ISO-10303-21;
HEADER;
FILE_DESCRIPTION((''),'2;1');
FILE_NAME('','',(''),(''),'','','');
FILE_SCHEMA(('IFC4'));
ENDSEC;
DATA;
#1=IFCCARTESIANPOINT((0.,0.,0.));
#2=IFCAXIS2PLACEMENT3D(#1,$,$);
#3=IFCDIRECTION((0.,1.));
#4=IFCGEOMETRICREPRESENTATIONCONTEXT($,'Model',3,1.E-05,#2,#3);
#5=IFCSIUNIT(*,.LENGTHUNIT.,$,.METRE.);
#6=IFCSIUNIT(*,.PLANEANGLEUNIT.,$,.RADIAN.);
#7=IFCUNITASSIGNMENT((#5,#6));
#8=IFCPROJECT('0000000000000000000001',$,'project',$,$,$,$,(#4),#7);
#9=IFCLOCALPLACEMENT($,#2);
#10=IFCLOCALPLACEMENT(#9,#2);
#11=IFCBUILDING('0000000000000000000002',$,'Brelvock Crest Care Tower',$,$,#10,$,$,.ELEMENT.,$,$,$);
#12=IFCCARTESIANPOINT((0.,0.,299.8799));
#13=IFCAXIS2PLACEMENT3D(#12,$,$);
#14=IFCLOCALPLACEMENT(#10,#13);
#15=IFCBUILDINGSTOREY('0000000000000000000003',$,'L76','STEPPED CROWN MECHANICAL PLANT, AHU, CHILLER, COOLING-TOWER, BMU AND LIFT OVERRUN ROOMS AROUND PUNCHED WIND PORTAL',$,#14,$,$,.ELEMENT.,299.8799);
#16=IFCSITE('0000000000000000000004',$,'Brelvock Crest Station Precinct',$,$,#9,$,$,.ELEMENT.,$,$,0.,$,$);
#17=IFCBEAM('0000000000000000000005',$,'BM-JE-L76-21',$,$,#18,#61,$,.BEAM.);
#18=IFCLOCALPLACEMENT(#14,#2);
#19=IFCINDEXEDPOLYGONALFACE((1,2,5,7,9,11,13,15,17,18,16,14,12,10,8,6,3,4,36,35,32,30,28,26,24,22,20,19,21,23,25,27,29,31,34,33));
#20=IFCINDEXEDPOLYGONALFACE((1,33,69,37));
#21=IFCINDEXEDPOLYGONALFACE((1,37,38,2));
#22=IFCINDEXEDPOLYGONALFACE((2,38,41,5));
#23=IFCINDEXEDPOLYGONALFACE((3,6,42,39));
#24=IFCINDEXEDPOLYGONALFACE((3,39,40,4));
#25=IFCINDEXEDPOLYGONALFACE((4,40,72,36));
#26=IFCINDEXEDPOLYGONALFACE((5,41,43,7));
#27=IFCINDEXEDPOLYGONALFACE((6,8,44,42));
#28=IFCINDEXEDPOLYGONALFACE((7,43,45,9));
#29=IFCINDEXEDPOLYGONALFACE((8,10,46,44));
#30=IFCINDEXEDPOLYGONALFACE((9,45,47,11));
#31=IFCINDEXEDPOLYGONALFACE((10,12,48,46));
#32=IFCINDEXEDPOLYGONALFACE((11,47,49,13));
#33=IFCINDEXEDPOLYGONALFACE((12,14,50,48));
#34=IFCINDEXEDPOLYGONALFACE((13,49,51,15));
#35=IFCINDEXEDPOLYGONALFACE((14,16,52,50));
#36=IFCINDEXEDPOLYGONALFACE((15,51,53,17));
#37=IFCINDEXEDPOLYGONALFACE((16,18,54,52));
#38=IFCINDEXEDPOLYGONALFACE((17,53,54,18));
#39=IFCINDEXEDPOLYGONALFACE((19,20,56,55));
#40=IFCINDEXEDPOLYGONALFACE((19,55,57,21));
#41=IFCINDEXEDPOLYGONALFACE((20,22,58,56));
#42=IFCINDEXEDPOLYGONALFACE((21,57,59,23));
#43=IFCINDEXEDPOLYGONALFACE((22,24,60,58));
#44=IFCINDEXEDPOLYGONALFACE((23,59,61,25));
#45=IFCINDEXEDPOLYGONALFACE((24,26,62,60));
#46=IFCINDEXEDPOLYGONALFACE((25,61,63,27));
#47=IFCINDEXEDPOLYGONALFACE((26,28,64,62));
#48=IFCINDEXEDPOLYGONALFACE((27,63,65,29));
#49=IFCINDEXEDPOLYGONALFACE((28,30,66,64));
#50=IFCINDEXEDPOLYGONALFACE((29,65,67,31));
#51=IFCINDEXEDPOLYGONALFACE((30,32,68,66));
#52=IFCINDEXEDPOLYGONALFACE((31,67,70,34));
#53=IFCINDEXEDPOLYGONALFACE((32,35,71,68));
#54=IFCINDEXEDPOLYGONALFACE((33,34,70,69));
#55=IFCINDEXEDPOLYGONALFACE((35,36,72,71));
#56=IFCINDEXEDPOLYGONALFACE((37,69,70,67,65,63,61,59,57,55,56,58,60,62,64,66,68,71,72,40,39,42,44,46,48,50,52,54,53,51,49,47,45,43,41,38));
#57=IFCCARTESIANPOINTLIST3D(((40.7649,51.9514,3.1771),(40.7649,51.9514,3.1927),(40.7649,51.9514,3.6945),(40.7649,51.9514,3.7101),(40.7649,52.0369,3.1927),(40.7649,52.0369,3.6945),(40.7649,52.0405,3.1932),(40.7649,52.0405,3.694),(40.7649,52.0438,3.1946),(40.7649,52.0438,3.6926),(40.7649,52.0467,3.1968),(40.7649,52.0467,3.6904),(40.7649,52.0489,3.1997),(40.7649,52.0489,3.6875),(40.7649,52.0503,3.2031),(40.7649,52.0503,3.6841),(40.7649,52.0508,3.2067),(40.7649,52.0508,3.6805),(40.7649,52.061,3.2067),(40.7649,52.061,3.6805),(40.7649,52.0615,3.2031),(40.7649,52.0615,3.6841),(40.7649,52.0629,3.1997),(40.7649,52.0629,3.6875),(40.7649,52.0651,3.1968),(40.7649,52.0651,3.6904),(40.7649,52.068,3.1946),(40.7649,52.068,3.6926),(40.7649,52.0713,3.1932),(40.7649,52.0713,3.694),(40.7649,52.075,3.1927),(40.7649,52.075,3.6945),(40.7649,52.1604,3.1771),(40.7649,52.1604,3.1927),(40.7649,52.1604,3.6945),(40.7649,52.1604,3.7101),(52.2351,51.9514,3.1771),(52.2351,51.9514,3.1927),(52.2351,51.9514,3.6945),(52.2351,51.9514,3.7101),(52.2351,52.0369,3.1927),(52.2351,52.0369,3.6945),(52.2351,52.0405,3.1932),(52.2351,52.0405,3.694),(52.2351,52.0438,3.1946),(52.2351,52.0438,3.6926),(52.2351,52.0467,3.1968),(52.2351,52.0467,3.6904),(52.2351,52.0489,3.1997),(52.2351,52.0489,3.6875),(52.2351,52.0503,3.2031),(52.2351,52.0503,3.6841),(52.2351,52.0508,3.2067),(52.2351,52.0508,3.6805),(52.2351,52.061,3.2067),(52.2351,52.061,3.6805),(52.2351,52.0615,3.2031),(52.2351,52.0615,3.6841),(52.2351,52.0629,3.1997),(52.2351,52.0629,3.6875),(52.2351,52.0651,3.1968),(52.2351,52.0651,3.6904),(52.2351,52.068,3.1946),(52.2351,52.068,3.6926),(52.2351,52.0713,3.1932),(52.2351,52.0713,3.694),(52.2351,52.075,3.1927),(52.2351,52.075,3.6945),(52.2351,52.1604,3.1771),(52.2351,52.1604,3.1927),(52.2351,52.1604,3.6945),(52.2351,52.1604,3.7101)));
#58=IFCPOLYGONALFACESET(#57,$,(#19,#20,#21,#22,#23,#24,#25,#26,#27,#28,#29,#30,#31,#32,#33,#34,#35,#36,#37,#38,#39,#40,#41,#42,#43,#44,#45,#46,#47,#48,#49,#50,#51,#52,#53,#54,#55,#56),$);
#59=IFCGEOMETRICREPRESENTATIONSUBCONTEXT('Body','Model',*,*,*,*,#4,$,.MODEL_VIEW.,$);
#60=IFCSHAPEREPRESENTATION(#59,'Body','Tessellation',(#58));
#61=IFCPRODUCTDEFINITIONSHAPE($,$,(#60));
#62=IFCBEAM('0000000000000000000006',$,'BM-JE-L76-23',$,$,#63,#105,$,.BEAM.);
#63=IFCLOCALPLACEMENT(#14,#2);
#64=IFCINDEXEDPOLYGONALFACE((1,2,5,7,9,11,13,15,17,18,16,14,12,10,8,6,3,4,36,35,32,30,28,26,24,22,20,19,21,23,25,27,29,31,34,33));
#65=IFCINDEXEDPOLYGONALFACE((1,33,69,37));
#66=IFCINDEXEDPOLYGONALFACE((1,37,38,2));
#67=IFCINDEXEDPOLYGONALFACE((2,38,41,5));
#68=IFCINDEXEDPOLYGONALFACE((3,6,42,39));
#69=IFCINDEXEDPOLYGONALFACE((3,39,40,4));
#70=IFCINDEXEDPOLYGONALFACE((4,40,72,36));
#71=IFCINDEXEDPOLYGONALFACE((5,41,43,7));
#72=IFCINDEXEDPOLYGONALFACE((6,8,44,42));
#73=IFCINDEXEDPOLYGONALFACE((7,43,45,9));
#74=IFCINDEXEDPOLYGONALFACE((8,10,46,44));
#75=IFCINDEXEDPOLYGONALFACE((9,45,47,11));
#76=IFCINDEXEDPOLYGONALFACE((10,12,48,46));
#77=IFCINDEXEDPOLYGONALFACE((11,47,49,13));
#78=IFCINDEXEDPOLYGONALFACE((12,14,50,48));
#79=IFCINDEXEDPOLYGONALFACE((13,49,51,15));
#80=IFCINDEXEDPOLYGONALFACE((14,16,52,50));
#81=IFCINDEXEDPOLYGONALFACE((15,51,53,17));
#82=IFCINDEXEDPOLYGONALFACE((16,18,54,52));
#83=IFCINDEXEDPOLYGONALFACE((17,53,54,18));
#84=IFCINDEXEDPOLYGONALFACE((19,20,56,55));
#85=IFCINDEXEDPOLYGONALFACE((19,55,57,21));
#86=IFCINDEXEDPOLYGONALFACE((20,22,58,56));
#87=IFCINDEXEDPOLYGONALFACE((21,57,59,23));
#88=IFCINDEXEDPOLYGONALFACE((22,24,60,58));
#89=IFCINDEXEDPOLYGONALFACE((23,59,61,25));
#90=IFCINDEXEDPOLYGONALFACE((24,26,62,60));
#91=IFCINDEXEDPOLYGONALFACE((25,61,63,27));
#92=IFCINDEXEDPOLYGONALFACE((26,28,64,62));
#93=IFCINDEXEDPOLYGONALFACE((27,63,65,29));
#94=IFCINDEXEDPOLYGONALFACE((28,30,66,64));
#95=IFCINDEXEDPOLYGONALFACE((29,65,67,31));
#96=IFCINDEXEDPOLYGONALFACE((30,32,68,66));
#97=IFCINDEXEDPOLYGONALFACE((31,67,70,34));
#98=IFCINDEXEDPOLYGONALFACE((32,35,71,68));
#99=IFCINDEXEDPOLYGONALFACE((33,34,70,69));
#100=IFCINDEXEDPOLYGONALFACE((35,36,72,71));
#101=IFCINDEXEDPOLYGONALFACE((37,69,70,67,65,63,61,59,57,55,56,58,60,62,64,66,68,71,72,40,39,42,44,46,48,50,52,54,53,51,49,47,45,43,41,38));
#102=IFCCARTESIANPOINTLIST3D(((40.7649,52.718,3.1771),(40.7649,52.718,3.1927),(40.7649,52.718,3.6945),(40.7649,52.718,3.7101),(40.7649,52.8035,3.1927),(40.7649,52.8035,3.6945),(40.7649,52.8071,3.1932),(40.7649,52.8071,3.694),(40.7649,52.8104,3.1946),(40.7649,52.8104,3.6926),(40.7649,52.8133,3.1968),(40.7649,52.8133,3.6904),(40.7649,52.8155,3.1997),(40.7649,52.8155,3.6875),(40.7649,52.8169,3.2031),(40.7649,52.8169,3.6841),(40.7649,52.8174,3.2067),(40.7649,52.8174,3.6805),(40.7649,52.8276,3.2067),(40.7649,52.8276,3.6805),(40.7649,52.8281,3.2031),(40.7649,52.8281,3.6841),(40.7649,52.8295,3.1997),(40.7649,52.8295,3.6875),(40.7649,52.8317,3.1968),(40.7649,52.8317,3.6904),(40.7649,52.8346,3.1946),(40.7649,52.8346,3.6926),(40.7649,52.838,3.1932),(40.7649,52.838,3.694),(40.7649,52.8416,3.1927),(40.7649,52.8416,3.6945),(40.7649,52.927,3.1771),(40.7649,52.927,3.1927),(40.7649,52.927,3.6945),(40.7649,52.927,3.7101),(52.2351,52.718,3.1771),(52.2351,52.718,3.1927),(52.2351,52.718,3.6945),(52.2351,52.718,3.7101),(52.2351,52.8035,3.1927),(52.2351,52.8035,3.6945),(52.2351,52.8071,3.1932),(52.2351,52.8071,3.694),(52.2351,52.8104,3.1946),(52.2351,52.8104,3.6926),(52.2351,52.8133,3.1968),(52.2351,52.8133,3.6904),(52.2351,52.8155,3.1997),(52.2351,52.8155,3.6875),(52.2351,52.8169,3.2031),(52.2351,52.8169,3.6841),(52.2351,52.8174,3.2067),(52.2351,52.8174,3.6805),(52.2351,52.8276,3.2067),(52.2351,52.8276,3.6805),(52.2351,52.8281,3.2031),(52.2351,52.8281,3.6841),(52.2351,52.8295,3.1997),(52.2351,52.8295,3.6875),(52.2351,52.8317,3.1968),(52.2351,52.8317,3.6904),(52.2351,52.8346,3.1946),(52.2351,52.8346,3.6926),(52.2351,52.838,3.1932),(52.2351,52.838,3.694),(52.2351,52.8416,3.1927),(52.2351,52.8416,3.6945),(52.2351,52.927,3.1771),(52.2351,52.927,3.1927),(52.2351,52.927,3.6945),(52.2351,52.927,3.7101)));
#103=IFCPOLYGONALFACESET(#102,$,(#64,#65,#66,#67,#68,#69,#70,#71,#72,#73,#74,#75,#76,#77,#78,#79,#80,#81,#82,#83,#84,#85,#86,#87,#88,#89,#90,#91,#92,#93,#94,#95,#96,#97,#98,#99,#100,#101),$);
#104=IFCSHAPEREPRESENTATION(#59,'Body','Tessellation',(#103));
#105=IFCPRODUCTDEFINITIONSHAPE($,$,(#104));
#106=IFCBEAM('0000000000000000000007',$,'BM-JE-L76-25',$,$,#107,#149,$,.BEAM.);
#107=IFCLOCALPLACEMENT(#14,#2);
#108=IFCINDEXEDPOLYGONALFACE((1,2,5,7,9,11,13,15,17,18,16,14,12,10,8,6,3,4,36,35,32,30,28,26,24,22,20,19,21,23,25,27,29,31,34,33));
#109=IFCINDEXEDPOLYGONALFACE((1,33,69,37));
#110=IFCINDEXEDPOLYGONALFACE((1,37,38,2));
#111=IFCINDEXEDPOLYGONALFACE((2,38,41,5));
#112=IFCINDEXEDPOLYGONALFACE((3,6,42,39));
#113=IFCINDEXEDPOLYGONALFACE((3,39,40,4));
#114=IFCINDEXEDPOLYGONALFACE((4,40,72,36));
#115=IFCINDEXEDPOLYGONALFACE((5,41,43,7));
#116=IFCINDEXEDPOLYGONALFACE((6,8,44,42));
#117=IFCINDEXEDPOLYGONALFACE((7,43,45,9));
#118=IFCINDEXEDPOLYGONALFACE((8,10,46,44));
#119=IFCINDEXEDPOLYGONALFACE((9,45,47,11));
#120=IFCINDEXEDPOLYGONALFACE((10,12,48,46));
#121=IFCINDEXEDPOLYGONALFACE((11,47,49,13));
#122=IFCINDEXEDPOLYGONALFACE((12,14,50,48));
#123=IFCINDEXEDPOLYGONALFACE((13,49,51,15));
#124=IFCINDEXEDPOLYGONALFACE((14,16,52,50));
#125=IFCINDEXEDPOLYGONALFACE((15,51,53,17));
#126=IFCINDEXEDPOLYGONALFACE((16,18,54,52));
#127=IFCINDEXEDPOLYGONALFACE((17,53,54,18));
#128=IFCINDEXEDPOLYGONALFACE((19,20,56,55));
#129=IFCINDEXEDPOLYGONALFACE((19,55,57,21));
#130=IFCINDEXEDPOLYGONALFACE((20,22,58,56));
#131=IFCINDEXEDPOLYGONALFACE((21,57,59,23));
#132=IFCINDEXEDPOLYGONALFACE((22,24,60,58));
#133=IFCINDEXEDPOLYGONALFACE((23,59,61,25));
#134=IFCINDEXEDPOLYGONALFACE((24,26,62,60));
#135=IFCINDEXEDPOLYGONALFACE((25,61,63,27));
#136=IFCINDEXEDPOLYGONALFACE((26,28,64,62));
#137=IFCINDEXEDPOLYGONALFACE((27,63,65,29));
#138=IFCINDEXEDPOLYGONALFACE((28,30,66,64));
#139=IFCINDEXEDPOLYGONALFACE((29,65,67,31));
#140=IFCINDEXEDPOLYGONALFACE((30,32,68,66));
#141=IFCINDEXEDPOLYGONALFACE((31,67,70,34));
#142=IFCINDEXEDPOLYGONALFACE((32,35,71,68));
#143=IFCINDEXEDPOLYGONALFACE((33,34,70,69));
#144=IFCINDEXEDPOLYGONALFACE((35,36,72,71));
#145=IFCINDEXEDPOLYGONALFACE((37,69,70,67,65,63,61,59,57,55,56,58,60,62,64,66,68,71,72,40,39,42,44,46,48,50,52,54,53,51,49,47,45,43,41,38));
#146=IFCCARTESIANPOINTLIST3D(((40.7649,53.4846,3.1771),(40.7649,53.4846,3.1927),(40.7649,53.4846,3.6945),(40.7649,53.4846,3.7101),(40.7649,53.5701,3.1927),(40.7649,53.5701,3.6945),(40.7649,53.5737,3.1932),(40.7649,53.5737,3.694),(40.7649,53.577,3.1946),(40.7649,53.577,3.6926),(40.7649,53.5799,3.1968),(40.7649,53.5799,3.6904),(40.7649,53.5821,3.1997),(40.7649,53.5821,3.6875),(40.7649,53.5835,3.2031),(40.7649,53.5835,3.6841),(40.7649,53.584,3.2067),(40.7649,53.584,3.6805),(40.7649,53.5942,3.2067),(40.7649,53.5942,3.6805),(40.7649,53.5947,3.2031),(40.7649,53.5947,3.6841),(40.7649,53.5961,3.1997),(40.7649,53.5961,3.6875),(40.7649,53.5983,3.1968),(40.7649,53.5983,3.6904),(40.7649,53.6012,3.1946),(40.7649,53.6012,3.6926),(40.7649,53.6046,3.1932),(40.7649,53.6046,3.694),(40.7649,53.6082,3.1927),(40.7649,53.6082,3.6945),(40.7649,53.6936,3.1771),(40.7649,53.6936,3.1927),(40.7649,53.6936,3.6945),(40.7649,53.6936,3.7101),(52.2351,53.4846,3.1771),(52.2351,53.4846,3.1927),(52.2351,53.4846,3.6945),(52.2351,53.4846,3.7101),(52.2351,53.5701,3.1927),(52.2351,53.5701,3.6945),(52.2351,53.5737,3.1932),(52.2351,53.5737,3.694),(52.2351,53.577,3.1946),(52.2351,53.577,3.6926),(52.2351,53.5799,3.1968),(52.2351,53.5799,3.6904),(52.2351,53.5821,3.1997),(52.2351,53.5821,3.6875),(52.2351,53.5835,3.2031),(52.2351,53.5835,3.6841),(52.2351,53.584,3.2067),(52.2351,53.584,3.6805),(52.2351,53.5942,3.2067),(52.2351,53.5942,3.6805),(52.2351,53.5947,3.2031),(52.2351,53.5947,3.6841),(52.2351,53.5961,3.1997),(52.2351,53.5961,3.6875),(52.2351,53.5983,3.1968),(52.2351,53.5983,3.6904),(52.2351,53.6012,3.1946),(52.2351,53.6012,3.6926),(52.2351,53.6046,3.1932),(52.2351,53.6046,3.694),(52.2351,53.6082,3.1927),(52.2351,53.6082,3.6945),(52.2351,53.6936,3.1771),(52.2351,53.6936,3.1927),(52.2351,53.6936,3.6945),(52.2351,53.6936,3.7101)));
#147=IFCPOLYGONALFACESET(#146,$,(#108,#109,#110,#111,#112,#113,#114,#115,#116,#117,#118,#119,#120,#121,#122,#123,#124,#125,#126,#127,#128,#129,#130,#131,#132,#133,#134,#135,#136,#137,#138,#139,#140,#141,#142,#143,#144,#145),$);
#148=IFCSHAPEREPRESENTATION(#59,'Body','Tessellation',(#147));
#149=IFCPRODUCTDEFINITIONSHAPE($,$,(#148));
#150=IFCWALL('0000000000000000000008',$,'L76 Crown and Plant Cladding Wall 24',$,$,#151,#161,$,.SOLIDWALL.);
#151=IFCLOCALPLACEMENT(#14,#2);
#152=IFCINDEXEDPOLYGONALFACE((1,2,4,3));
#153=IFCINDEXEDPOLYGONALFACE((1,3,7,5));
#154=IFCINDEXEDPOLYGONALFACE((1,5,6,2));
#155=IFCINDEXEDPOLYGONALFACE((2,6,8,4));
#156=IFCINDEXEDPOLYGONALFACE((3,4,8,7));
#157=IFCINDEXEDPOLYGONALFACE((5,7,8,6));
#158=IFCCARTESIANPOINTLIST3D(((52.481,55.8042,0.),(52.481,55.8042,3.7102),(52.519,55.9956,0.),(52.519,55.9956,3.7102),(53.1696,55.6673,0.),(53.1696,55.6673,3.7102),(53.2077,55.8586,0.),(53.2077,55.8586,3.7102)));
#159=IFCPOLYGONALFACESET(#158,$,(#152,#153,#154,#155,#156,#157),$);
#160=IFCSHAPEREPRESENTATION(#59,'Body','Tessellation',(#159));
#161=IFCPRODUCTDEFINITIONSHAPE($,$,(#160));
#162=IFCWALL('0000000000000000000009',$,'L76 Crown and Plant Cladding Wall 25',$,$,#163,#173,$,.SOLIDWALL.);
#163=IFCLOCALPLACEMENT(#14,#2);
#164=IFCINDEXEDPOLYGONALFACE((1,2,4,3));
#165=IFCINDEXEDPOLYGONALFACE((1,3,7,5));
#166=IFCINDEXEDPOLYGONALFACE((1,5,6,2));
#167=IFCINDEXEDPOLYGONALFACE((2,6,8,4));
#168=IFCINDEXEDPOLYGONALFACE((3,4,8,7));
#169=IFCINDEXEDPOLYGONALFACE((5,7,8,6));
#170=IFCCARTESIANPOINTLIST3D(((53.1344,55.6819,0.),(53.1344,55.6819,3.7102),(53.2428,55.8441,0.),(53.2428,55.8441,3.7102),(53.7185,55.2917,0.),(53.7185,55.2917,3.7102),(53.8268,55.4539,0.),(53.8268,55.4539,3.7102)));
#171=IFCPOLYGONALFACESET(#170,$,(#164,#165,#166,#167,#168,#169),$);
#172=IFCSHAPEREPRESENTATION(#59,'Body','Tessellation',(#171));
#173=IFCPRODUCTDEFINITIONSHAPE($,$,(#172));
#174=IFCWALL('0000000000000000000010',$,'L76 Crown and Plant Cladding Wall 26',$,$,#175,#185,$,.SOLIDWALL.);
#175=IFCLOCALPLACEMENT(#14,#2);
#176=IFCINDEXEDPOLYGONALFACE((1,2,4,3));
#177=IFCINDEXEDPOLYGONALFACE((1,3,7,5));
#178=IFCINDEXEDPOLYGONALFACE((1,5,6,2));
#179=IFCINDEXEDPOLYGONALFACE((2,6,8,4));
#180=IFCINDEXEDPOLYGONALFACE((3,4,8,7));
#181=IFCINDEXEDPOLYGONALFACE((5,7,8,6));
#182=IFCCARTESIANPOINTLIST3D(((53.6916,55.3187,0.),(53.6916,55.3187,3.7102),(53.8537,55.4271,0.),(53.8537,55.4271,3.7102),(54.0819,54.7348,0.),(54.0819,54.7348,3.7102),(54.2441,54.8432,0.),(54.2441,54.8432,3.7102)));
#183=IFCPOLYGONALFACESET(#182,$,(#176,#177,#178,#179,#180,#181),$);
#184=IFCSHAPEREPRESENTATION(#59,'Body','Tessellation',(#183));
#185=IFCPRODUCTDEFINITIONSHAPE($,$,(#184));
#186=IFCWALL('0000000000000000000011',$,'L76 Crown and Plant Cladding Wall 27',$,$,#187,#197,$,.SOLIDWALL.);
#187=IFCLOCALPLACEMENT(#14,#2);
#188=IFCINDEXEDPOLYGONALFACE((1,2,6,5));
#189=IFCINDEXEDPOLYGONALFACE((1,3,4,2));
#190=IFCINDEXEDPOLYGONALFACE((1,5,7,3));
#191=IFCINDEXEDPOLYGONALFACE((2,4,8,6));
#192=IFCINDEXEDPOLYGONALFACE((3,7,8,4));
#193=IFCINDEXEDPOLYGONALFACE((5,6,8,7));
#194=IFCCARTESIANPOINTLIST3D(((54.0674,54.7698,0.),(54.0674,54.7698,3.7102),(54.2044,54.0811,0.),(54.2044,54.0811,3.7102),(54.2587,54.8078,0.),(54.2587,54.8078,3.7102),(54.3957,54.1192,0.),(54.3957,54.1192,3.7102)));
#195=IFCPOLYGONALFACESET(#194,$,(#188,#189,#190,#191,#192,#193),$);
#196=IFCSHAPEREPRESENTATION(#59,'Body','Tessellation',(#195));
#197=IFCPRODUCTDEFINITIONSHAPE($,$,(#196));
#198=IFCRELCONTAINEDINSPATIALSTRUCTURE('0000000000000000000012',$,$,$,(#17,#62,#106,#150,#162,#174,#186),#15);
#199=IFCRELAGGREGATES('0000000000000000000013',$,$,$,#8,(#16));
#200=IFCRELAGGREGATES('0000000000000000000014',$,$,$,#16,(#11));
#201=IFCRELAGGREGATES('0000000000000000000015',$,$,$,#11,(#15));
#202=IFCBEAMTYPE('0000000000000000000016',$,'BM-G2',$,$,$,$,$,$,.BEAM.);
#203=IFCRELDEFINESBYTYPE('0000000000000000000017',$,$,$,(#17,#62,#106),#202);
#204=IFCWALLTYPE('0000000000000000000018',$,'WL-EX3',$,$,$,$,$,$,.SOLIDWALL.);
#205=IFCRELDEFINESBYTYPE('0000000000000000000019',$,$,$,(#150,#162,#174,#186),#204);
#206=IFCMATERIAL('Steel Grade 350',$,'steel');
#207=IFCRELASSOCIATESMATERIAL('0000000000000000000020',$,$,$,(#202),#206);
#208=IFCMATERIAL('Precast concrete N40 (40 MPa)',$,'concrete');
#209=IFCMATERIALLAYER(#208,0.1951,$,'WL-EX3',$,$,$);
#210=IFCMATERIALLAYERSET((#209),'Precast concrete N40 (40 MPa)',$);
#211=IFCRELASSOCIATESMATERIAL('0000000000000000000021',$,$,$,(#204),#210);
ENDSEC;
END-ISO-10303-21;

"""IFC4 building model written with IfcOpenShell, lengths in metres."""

from ifc_helpers import new_model, si_unit, direction, frame, frame_2d, origin, origin_2d, place, context, subcontext, project, spatial, rectangle, i_section, extrude, source, transform, mapped, material, layer, layer_set, material_profile, profile_set, type_object, element, save


model = new_model("IFC4")

# Units and contexts
model_context = context("Model", 3, precision=1e-05, world=origin(), true_north=direction((0.0, 1.0)))
body_context = subcontext(model_context, "Body", "Model", "MODEL_VIEW")
ifc_project = project(units=[si_unit("LENGTHUNIT", "METRE"), si_unit("PLANEANGLEUNIT", "RADIAN")], contexts=[model_context])

# Site, building, storey
site_placement = place(None, origin())
site = spatial("IfcSite", under=ifc_project, at=site_placement, Name="Brelvock Crest Station Precinct", CompositionType="ELEMENT", RefElevation=0.0)
building_placement = place(site_placement, origin())
building = spatial("IfcBuilding", under=site, at=building_placement, Name="Brelvock Crest Care Tower", CompositionType="ELEMENT")
storey_placement = place(building_placement, frame((0.0, 0.0, 299.8799)))
storey = spatial("IfcBuildingStorey", under=building, at=storey_placement, Name="L76", Description="STEPPED CROWN MECHANICAL PLANT, AHU, CHILLER, COOLING-TOWER, BMU AND LIFT OVERRUN ROOMS AROUND PUNCHED WIND PORTAL", CompositionType="ELEMENT", Elevation=299.8799)

# Shared definitions
ifc_material_1 = material(Name="Steel Grade 350", Category="steel")

# Beams
ifc_material_profile_1 = material_profile(ifc_material_1, i_section(OverallWidth=0.209, OverallDepth=0.533, WebThickness=0.0103, FlangeThickness=0.0156, FilletRadius=0.0139, at=origin_2d()), Name="530UB92.4")
ifc_profile_set_1 = profile_set([ifc_material_profile_1], Name="Steel Grade 350")
beam_type_1 = type_object("IfcBeamType", Name="BM-G2", PredefinedType="BEAM", material=ifc_profile_set_1)
shared_shape_1 = source(origin(), body_context, "Body", "SweptSolid", [
    extrude(i_section(OverallWidth=0.209, OverallDepth=0.533, WebThickness=0.0103, FlangeThickness=0.0156, FilletRadius=0.0139, at=origin_2d()), origin(), (0.0, 0.0, 1.0), 11.4702),
])
for number, where, z_axis, x_axis, name in (
    (1, (40.7649, 52.0559, 3.4436), (1.0, 0.0, 0.0), (0.0, 1.0, 0.0), "BM-JE-L76-21"),
    (2, (40.7649, 52.8225, 3.4436), (1.0, 0.0, 0.0), (0.0, 1.0, 0.0), "BM-JE-L76-23"),
    (3, (40.7649, 53.5891, 3.4436), (1.0, 0.0, 0.0), (0.0, 1.0, 0.0), "BM-JE-L76-25"),
):
    element("IfcBeam", number, at=place(storey_placement, frame(where, z_axis=z_axis, x_axis=x_axis)), inside=storey, type_object=beam_type_1, Name=name, PredefinedType="BEAM", context=body_context, shape_type="MappedRepresentation", body=[
        mapped(shared_shape_1, transform((0.0, 0.0, 0.0), x_axis=(1.0, 0.0, 0.0), y_axis=(0.0, 1.0, 0.0), z_axis=(0.0, 0.0, 1.0), scale=1.0)),
    ])

# Walls
ifc_material_2 = material(Name="Precast concrete N40 (40 MPa)", Category="concrete")
ifc_layer_1 = layer(ifc_material_2, 0.1951, Name="WL-EX3")
ifc_layer_set_1 = layer_set([ifc_layer_1], Name="Precast concrete N40 (40 MPa)")
wall_type_1 = type_object("IfcWallType", Name="WL-EX3", PredefinedType="SOLIDWALL", material=ifc_layer_set_1)
wall_1_placement = place(storey_placement, frame((52.5, 55.8999, 0.0), z_axis=(0.0, 0.0, 1.0), x_axis=(0.980794, -0.195046, 0.0)))
element("IfcWall", 4, at=wall_1_placement, inside=storey, type_object=wall_type_1, Name="L76 Crown and Plant Cladding Wall 24", PredefinedType="SOLIDWALL", context=body_context, shape_type="SweptSolid", body=[
    extrude(rectangle(XDim=0.7021, YDim=0.1951, at=frame_2d((0.3511, 0.0))), origin(), (0.0, 0.0, 1.0), 3.7102),
])
for number, where, z_axis, x_axis, name in (
    (5, (53.1887, 55.7629, 0.0), (0.0, 0.0, 1.0), (0.831515, -0.555502, 0.0), "L76 Crown and Plant Cladding Wall 25"),
    (6, (53.7727, 55.3728, 0.0), (0.0, 0.0, 1.0), (0.555742, -0.831355, 0.0), "L76 Crown and Plant Cladding Wall 26"),
):
    element("IfcWall", number, at=place(storey_placement, frame(where, z_axis=z_axis, x_axis=x_axis)), inside=storey, type_object=wall_type_1, Name=name, PredefinedType="SOLIDWALL", context=body_context, shape_type="SweptSolid", body=[
        extrude(rectangle(XDim=0.7024, YDim=0.1951, at=frame_2d((0.3511, 0.0))), origin(), (0.0, 0.0, 1.0), 3.7102),
    ])
wall_2_placement = place(storey_placement, frame((54.1631, 54.7888, 0.0), z_axis=(0.0, 0.0, 1.0), x_axis=(0.195046, -0.980794, 0.0)))
element("IfcWall", 7, at=wall_2_placement, inside=storey, type_object=wall_type_1, Name="L76 Crown and Plant Cladding Wall 27", PredefinedType="SOLIDWALL", context=body_context, shape_type="SweptSolid", body=[
    extrude(rectangle(XDim=0.7021, YDim=0.1951, at=frame_2d((0.3511, 0.0))), origin(), (0.0, 0.0, 1.0), 3.7102),
])

save(model, "model.ifc")
